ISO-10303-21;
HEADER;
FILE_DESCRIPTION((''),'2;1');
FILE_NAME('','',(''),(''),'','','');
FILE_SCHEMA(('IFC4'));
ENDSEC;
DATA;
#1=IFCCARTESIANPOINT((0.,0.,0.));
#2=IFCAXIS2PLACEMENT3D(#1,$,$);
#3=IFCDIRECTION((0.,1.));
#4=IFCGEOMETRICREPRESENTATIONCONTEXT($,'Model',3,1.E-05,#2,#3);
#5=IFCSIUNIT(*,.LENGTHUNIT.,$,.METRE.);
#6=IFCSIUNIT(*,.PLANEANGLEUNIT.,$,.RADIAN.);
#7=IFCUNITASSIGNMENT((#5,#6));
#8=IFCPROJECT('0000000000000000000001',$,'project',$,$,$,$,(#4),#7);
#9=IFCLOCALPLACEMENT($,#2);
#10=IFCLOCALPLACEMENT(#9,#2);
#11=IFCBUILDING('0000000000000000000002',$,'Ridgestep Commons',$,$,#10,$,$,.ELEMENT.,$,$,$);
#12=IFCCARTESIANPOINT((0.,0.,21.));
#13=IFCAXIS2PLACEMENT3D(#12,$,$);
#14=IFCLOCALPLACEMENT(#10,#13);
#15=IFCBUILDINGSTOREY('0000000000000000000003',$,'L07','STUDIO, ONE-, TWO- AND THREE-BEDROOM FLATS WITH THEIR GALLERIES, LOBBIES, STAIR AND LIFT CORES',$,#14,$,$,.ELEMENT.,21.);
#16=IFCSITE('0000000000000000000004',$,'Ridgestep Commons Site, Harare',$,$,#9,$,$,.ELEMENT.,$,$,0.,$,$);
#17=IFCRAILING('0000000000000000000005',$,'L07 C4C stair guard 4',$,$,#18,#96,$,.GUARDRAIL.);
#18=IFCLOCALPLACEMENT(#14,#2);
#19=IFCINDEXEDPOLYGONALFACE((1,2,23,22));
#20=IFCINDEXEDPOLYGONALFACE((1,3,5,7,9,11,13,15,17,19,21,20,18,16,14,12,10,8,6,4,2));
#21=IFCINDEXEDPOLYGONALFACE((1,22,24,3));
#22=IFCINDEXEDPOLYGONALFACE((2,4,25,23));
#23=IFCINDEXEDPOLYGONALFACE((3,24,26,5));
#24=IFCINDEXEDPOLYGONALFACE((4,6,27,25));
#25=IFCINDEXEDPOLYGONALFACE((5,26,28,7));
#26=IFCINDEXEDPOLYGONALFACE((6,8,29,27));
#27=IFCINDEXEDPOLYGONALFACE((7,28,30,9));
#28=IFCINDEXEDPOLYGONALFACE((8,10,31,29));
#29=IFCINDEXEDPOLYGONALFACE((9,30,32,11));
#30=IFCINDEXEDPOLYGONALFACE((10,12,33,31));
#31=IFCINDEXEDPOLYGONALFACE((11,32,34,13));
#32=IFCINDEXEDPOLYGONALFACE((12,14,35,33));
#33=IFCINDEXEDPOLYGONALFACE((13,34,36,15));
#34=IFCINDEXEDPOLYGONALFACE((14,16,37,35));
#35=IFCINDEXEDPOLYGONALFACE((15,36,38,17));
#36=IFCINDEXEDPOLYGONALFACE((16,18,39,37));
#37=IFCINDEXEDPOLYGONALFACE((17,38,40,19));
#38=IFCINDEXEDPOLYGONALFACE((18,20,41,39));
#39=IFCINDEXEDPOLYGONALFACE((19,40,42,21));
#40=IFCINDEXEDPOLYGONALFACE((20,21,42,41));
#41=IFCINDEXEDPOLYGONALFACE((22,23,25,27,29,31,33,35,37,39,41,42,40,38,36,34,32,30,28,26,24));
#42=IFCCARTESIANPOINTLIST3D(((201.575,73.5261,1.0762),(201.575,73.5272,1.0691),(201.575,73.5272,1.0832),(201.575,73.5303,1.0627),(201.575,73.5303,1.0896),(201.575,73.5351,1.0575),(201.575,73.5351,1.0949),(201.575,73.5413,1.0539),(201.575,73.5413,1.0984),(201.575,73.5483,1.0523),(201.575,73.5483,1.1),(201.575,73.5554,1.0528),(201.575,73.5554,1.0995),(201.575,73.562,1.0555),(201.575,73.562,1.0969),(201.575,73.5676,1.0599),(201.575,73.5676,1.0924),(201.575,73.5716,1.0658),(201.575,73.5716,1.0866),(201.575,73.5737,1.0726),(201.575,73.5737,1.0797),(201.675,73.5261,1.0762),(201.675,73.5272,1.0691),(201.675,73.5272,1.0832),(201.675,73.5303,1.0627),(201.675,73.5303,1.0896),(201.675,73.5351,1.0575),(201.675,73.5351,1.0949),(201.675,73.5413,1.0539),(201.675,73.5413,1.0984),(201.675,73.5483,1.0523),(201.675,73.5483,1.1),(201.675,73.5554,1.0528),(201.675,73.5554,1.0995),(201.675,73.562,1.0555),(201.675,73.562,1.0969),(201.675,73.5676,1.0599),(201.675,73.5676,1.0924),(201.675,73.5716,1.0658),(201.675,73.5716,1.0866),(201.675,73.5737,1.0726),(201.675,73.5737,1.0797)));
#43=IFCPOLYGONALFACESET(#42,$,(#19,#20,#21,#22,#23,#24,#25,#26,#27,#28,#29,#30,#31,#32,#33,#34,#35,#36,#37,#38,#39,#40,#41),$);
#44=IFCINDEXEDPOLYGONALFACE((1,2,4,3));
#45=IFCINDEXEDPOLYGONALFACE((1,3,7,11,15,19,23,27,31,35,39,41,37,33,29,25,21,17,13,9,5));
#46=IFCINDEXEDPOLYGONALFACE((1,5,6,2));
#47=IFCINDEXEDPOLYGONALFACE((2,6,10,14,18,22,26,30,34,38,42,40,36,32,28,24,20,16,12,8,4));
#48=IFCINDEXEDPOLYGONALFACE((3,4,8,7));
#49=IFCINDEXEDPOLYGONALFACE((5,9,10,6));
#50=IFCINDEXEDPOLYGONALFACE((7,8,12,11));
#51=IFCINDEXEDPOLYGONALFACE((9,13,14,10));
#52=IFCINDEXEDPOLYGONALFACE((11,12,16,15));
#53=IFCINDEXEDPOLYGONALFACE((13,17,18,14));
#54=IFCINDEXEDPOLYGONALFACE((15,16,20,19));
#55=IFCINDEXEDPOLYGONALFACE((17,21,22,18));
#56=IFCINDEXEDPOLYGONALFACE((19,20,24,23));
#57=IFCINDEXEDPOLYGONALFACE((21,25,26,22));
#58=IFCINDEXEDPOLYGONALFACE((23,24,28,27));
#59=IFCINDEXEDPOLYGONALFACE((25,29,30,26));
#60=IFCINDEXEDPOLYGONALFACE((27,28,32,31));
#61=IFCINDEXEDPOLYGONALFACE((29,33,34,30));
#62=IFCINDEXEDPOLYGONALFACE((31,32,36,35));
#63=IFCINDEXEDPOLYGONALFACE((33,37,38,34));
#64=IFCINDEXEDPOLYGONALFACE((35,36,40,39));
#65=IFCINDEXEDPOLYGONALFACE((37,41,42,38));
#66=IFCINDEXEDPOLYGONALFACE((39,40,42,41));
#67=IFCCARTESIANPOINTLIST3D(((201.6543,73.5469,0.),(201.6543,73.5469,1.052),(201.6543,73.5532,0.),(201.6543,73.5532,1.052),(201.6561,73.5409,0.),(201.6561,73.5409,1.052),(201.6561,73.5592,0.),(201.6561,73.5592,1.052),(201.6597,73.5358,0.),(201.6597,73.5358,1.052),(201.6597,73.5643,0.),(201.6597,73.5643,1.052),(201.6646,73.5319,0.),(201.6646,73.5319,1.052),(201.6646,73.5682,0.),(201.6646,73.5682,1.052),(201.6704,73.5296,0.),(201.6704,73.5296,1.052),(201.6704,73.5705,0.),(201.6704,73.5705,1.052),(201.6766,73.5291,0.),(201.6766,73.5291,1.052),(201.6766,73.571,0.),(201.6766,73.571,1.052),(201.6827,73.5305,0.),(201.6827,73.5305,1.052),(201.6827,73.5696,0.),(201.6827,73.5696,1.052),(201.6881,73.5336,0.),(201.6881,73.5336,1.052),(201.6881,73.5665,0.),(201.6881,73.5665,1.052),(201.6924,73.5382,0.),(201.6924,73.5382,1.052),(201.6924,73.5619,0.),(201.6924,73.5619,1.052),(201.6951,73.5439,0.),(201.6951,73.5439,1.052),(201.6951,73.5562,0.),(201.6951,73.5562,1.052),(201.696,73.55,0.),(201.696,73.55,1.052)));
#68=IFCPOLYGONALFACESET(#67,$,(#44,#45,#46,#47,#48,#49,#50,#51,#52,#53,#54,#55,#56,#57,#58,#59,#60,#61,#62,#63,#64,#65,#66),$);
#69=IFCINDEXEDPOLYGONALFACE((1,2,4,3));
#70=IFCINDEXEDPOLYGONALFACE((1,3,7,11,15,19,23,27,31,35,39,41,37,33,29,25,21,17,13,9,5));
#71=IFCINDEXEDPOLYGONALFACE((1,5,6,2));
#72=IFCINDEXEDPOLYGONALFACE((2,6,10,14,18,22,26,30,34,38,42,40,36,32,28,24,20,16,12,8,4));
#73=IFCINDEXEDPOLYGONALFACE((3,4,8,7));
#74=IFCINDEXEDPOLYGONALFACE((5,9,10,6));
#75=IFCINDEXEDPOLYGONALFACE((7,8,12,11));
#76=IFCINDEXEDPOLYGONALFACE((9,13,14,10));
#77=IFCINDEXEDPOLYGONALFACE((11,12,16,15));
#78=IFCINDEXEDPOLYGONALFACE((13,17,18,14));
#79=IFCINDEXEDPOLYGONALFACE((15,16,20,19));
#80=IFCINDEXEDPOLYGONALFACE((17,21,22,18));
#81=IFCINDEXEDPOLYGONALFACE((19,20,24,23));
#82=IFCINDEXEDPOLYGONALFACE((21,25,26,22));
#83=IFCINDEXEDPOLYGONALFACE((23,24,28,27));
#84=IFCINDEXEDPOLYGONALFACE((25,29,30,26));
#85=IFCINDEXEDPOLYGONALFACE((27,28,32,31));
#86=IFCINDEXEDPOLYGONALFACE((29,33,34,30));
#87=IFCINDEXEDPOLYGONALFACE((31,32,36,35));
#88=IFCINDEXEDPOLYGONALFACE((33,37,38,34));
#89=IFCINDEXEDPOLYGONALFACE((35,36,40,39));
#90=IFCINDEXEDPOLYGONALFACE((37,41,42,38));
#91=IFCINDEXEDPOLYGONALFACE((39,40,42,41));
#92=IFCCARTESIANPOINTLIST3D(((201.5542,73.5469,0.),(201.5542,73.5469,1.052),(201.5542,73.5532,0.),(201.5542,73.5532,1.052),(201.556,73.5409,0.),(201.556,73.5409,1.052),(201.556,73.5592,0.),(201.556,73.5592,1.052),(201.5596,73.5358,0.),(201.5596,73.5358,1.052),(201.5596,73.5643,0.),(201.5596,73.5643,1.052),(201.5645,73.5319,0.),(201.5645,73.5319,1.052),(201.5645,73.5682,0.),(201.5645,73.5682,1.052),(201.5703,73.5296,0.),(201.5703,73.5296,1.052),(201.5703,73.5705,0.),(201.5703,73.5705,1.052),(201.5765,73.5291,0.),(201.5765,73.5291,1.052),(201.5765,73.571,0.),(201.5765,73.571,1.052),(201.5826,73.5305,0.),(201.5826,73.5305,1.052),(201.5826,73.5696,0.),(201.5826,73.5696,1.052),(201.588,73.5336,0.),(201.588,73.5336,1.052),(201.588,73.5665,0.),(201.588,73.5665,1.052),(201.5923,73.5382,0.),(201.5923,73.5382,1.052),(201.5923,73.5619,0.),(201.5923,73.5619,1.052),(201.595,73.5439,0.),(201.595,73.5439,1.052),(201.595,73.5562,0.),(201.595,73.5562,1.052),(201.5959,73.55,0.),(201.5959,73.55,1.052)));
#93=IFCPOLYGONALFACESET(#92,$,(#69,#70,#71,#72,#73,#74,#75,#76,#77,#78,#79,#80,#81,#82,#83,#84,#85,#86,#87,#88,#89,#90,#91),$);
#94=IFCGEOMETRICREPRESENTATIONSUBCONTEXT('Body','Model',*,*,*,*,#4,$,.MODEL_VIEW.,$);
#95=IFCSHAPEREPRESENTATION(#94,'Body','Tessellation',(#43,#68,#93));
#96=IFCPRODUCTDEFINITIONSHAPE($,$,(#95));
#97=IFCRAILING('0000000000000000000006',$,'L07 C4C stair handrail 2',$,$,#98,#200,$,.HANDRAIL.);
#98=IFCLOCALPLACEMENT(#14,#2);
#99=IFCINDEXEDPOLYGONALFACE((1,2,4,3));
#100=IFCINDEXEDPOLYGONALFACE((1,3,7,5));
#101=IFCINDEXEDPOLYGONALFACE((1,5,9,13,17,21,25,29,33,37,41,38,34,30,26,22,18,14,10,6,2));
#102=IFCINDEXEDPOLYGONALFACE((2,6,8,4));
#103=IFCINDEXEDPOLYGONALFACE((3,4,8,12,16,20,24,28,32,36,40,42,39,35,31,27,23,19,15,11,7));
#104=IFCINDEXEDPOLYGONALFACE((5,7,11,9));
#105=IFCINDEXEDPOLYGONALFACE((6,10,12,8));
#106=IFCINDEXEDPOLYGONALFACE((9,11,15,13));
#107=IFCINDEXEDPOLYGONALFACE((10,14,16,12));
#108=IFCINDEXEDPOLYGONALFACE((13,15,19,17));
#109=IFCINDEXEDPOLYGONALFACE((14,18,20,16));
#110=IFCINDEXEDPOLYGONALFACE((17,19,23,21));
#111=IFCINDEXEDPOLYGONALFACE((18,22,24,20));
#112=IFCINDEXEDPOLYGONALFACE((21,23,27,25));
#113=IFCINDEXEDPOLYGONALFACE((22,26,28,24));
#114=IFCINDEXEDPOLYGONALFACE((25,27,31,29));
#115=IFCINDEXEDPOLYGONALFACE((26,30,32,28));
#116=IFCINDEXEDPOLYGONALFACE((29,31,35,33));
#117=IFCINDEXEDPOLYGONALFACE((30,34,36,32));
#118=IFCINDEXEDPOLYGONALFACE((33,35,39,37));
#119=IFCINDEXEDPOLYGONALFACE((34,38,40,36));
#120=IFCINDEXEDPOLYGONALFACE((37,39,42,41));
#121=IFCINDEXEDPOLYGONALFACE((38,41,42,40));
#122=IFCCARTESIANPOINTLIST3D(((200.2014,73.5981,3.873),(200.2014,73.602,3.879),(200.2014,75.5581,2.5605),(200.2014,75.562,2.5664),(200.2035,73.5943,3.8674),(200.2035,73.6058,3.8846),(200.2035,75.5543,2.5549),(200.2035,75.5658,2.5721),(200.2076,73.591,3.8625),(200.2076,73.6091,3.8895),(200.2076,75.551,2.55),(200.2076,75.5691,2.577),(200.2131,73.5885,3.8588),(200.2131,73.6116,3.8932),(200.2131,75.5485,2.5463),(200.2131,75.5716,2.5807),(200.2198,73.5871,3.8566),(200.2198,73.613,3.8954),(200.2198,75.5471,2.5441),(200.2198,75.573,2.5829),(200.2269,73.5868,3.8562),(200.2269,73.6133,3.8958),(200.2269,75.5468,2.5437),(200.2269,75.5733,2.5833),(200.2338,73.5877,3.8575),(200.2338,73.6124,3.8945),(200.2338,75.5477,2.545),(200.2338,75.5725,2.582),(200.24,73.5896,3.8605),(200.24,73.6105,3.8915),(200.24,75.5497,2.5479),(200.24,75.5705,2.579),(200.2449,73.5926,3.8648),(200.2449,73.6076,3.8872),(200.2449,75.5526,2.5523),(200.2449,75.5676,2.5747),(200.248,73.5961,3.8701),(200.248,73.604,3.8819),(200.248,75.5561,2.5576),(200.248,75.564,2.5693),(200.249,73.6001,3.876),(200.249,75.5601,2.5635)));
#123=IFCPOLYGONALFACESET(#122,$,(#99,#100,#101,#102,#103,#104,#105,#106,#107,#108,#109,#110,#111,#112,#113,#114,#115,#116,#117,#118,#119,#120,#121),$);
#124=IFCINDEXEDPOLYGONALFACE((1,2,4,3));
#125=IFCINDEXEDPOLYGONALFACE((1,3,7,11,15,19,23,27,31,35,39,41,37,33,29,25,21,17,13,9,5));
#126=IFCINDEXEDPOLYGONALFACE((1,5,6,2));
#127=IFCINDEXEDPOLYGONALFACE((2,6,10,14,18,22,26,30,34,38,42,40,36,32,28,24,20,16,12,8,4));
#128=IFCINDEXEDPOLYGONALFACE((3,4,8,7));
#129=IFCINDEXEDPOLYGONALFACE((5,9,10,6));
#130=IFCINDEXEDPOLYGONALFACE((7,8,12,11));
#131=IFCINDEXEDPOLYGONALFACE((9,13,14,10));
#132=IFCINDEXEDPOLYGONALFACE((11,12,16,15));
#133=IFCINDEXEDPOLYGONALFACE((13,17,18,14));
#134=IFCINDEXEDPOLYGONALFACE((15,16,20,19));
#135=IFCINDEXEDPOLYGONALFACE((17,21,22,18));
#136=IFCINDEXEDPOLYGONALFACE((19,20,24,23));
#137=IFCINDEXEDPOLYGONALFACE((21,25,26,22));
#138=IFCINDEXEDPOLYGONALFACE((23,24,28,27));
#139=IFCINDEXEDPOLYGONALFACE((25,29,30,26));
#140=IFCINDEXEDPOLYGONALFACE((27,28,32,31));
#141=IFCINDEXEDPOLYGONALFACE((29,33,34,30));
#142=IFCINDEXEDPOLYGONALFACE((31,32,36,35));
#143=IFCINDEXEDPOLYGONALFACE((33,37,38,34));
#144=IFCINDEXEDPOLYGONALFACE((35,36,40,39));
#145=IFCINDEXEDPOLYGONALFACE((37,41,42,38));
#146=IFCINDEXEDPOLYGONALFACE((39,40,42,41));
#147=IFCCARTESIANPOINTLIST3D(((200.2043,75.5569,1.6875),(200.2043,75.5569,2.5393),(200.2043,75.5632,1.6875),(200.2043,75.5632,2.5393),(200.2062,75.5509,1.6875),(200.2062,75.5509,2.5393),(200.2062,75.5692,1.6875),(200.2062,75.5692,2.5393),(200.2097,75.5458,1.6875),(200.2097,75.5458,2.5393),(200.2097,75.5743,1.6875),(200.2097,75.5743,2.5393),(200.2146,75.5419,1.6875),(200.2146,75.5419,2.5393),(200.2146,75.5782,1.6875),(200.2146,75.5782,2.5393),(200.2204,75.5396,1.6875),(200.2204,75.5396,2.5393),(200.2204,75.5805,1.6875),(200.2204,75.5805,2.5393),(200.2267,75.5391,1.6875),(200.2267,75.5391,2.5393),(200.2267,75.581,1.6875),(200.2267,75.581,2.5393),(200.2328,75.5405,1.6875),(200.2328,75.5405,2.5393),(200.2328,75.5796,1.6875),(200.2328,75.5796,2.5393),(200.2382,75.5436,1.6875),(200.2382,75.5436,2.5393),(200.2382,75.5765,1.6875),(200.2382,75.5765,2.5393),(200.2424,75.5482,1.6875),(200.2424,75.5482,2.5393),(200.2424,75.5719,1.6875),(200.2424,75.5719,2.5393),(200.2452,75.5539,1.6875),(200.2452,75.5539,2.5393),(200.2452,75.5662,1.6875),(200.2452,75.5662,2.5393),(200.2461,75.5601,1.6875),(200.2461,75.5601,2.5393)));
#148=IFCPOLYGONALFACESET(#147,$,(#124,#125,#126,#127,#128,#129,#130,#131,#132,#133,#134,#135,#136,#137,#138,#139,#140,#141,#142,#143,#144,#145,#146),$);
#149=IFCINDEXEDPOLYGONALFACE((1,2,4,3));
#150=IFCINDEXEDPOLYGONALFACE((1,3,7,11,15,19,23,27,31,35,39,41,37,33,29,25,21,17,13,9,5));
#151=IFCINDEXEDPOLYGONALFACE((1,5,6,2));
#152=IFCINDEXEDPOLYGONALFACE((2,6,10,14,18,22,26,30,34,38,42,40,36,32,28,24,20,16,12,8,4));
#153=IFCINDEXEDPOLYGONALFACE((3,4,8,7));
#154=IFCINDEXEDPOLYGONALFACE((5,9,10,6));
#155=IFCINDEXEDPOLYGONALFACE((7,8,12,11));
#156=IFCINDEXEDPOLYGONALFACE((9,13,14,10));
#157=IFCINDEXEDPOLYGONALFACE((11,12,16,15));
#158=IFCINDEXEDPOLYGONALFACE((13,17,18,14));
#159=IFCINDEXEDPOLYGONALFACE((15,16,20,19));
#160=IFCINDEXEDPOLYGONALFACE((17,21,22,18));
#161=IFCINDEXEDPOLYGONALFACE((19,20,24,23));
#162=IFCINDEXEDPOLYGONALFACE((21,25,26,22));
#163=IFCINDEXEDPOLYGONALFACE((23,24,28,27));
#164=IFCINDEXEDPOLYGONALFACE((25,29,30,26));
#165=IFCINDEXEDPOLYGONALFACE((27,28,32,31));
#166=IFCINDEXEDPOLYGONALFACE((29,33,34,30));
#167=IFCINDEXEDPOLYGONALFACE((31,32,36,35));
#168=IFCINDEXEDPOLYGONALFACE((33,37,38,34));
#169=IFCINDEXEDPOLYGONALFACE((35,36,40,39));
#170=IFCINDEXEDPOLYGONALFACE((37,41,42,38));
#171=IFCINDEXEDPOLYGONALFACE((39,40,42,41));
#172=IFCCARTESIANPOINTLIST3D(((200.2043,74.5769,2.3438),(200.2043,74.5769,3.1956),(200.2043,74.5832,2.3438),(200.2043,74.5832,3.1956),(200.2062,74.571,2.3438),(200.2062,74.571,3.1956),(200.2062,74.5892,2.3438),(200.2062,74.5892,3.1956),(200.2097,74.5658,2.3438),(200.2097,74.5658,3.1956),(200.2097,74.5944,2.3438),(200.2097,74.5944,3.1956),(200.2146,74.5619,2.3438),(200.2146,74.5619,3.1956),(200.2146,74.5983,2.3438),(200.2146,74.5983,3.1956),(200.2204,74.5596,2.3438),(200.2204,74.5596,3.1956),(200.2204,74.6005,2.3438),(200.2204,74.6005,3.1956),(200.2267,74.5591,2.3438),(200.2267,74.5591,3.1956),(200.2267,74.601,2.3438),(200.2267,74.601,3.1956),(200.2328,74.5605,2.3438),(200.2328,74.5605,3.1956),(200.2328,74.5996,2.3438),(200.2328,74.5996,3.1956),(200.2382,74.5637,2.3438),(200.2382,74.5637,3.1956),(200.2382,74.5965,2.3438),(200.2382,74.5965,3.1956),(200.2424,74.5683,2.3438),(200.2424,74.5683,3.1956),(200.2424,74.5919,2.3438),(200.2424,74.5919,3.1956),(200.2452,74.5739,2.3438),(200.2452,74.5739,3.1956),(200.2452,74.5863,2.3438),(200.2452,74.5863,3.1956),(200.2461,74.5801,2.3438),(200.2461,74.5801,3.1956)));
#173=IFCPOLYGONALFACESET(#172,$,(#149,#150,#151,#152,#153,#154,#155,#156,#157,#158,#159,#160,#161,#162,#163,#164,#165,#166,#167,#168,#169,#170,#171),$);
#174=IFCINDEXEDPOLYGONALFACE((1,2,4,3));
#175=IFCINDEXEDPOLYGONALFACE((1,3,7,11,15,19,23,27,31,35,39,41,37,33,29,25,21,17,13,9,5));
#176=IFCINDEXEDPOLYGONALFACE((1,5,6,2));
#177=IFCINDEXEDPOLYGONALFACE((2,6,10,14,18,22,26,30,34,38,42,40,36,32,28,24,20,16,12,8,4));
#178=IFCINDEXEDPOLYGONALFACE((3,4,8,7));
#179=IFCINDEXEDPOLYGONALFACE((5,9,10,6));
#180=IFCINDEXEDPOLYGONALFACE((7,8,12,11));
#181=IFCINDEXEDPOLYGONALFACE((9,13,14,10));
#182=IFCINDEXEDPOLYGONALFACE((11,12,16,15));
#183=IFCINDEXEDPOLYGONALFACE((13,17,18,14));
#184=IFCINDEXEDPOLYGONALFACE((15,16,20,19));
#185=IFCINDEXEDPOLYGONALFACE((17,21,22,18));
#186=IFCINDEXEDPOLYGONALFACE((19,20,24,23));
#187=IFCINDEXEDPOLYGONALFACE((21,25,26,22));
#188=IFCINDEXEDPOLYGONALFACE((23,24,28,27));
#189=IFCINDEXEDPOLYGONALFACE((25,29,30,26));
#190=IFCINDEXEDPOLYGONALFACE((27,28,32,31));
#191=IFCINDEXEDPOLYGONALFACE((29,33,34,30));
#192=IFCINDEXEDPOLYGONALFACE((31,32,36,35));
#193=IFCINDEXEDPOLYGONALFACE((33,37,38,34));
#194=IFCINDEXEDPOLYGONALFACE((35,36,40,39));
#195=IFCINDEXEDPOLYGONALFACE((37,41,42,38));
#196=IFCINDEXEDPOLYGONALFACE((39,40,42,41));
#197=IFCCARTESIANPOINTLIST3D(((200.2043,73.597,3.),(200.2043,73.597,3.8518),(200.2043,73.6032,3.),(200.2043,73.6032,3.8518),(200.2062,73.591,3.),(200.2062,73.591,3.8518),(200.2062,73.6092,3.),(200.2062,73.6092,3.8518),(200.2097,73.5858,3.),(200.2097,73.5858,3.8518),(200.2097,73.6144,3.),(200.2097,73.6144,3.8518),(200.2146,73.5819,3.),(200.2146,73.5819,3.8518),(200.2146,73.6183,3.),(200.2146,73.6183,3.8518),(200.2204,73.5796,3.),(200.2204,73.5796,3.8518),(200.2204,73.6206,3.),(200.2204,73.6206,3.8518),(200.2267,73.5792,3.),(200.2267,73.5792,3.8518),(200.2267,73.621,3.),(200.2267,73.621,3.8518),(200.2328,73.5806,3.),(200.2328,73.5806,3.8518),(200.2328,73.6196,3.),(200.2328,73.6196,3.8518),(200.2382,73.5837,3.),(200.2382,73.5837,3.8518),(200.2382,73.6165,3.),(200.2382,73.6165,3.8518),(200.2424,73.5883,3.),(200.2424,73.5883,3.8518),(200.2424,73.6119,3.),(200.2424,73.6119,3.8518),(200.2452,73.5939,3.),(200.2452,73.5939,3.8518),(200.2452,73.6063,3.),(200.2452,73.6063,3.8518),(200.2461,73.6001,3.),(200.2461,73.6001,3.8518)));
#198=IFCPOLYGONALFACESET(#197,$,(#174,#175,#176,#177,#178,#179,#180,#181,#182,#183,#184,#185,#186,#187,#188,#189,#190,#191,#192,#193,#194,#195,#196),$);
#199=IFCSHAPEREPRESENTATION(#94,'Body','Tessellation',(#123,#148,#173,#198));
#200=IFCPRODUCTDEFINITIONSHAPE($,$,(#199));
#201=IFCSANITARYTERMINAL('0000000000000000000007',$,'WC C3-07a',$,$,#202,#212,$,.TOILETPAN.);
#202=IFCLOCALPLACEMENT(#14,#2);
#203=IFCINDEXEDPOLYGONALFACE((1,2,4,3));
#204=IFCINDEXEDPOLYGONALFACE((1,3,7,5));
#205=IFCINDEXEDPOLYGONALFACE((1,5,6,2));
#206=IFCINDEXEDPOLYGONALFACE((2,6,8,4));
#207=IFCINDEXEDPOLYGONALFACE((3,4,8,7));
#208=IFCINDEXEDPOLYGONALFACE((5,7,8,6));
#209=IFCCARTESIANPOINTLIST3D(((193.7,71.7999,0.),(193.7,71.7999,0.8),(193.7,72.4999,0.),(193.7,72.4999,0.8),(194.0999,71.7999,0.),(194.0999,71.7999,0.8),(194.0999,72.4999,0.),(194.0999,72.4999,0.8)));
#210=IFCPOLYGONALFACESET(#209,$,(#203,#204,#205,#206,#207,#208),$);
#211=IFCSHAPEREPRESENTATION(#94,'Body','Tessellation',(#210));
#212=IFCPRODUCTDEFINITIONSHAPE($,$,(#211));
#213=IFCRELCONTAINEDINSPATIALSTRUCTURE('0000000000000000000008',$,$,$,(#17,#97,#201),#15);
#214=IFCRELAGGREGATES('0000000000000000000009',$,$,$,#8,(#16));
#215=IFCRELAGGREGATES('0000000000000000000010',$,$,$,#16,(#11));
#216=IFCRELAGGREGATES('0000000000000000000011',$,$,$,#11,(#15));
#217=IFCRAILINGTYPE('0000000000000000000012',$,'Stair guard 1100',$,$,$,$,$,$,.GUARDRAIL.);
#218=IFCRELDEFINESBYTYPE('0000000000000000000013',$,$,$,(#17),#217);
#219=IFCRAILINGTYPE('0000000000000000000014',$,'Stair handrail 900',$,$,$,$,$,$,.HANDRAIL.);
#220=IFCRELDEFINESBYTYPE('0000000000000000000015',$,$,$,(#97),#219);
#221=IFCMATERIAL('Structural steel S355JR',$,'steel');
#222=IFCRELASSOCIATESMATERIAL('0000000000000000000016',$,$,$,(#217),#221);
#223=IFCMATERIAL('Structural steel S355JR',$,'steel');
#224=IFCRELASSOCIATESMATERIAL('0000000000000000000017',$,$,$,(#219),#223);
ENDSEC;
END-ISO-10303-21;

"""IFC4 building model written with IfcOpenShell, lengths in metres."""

from ifc_helpers import new_model, si_unit, direction, frame, origin, origin_2d, place, context, subcontext, project, spatial, rectangle, circle, extrude, material, type_object, element, save


model = new_model("IFC4")

# Units and contexts
model_context = context("Model", 3, precision=1e-05, world=origin(), true_north=direction((0.0, 1.0)))
body_context = subcontext(model_context, "Body", "Model", "MODEL_VIEW")
ifc_project = project(units=[si_unit("LENGTHUNIT", "METRE"), si_unit("PLANEANGLEUNIT", "RADIAN")], contexts=[model_context])

# Site, building, storey
site_placement = place(None, origin())
site = spatial("IfcSite", under=ifc_project, at=site_placement, Name="Ridgestep Commons Site, Harare", CompositionType="ELEMENT", RefElevation=0.0)
building_placement = place(site_placement, origin())
building = spatial("IfcBuilding", under=site, at=building_placement, Name="Ridgestep Commons", CompositionType="ELEMENT")
storey_placement = place(building_placement, frame((0.0, 0.0, 21.0)))
storey = spatial("IfcBuildingStorey", under=building, at=storey_placement, Name="L07", Description="STUDIO, ONE-, TWO- AND THREE-BEDROOM FLATS WITH THEIR GALLERIES, LOBBIES, STAIR AND LIFT CORES", CompositionType="ELEMENT", Elevation=21.0)

# Railings
ifc_material_1 = material(Name="Structural steel S355JR", Category="steel")
railing_type_1 = type_object("IfcRailingType", Name="Stair guard 1100", PredefinedType="GUARDRAIL", material=ifc_material_1)
railing_1_placement = place(storey_placement, frame((201.675, 73.55, 0.0)))
element("IfcRailing", 1, at=railing_1_placement, inside=storey, type_object=railing_type_1, Name="L07 C4C stair guard 4", PredefinedType="GUARDRAIL", context=body_context, shape_type="SweptSolid", body=[
    extrude(circle(Radius=0.0239, at=origin_2d()), frame((0.0, 0.0, 1.0762), z_axis=(-1.0, 0.0, 0.0), x_axis=(0.0, -1.0, 0.0)), (0.0, 0.0, 1.0), 0.1001),
    extrude(circle(Radius=0.021, at=origin_2d()), origin(), (0.0, 0.0, 1.0), 1.052),
    extrude(circle(Radius=0.021, at=origin_2d()), frame((-0.1001, 0.0, 0.0)), (0.0, 0.0, 1.0), 1.052),
])
ifc_material_2 = material(Name="Structural steel S355JR", Category="steel")
railing_type_2 = type_object("IfcRailingType", Name="Stair handrail 900", PredefinedType="HANDRAIL", material=ifc_material_2)
railing_2_placement = place(storey_placement, frame((200.2251, 75.5601, 1.6875)))
element("IfcRailing", 2, at=railing_2_placement, inside=storey, type_object=railing_type_2, Name="L07 C4C stair handrail 2", PredefinedType="HANDRAIL", context=body_context, shape_type="SweptSolid", body=[
    extrude(circle(Radius=0.0239, at=origin_2d()), frame((0.0, 0.0, 0.876), z_axis=(0.0, -0.830902, 0.556419), x_axis=(1.0, 0.0, 0.0)), (0.0, 0.0, 1.0), 2.3589),
    extrude(circle(Radius=0.021, at=origin_2d()), origin(), (0.0, 0.0, 1.0), 0.8518),
    extrude(circle(Radius=0.021, at=origin_2d()), frame((0.0, -0.98, 0.6562)), (0.0, 0.0, 1.0), 0.8518),
    extrude(circle(Radius=0.021, at=origin_2d()), frame((0.0, -1.96, 1.3125)), (0.0, 0.0, 1.0), 0.8518),
])

# Sanitary terminal
sanitary_terminal_1_placement = place(storey_placement, frame((193.8999, 72.1499, 0.0), z_axis=(0.0, 0.0, 1.0), x_axis=(1.0, 0.0, 0.0)))
element("IfcSanitaryTerminal", 3, at=sanitary_terminal_1_placement, inside=storey, Name="WC C3-07a", PredefinedType="TOILETPAN", context=body_context, shape_type="SweptSolid", body=[
    extrude(rectangle(XDim=0.3999, YDim=0.7, at=origin_2d()), origin(), (0.0, 0.0, 1.0), 0.8),
])

save(model, "model.ifc")
